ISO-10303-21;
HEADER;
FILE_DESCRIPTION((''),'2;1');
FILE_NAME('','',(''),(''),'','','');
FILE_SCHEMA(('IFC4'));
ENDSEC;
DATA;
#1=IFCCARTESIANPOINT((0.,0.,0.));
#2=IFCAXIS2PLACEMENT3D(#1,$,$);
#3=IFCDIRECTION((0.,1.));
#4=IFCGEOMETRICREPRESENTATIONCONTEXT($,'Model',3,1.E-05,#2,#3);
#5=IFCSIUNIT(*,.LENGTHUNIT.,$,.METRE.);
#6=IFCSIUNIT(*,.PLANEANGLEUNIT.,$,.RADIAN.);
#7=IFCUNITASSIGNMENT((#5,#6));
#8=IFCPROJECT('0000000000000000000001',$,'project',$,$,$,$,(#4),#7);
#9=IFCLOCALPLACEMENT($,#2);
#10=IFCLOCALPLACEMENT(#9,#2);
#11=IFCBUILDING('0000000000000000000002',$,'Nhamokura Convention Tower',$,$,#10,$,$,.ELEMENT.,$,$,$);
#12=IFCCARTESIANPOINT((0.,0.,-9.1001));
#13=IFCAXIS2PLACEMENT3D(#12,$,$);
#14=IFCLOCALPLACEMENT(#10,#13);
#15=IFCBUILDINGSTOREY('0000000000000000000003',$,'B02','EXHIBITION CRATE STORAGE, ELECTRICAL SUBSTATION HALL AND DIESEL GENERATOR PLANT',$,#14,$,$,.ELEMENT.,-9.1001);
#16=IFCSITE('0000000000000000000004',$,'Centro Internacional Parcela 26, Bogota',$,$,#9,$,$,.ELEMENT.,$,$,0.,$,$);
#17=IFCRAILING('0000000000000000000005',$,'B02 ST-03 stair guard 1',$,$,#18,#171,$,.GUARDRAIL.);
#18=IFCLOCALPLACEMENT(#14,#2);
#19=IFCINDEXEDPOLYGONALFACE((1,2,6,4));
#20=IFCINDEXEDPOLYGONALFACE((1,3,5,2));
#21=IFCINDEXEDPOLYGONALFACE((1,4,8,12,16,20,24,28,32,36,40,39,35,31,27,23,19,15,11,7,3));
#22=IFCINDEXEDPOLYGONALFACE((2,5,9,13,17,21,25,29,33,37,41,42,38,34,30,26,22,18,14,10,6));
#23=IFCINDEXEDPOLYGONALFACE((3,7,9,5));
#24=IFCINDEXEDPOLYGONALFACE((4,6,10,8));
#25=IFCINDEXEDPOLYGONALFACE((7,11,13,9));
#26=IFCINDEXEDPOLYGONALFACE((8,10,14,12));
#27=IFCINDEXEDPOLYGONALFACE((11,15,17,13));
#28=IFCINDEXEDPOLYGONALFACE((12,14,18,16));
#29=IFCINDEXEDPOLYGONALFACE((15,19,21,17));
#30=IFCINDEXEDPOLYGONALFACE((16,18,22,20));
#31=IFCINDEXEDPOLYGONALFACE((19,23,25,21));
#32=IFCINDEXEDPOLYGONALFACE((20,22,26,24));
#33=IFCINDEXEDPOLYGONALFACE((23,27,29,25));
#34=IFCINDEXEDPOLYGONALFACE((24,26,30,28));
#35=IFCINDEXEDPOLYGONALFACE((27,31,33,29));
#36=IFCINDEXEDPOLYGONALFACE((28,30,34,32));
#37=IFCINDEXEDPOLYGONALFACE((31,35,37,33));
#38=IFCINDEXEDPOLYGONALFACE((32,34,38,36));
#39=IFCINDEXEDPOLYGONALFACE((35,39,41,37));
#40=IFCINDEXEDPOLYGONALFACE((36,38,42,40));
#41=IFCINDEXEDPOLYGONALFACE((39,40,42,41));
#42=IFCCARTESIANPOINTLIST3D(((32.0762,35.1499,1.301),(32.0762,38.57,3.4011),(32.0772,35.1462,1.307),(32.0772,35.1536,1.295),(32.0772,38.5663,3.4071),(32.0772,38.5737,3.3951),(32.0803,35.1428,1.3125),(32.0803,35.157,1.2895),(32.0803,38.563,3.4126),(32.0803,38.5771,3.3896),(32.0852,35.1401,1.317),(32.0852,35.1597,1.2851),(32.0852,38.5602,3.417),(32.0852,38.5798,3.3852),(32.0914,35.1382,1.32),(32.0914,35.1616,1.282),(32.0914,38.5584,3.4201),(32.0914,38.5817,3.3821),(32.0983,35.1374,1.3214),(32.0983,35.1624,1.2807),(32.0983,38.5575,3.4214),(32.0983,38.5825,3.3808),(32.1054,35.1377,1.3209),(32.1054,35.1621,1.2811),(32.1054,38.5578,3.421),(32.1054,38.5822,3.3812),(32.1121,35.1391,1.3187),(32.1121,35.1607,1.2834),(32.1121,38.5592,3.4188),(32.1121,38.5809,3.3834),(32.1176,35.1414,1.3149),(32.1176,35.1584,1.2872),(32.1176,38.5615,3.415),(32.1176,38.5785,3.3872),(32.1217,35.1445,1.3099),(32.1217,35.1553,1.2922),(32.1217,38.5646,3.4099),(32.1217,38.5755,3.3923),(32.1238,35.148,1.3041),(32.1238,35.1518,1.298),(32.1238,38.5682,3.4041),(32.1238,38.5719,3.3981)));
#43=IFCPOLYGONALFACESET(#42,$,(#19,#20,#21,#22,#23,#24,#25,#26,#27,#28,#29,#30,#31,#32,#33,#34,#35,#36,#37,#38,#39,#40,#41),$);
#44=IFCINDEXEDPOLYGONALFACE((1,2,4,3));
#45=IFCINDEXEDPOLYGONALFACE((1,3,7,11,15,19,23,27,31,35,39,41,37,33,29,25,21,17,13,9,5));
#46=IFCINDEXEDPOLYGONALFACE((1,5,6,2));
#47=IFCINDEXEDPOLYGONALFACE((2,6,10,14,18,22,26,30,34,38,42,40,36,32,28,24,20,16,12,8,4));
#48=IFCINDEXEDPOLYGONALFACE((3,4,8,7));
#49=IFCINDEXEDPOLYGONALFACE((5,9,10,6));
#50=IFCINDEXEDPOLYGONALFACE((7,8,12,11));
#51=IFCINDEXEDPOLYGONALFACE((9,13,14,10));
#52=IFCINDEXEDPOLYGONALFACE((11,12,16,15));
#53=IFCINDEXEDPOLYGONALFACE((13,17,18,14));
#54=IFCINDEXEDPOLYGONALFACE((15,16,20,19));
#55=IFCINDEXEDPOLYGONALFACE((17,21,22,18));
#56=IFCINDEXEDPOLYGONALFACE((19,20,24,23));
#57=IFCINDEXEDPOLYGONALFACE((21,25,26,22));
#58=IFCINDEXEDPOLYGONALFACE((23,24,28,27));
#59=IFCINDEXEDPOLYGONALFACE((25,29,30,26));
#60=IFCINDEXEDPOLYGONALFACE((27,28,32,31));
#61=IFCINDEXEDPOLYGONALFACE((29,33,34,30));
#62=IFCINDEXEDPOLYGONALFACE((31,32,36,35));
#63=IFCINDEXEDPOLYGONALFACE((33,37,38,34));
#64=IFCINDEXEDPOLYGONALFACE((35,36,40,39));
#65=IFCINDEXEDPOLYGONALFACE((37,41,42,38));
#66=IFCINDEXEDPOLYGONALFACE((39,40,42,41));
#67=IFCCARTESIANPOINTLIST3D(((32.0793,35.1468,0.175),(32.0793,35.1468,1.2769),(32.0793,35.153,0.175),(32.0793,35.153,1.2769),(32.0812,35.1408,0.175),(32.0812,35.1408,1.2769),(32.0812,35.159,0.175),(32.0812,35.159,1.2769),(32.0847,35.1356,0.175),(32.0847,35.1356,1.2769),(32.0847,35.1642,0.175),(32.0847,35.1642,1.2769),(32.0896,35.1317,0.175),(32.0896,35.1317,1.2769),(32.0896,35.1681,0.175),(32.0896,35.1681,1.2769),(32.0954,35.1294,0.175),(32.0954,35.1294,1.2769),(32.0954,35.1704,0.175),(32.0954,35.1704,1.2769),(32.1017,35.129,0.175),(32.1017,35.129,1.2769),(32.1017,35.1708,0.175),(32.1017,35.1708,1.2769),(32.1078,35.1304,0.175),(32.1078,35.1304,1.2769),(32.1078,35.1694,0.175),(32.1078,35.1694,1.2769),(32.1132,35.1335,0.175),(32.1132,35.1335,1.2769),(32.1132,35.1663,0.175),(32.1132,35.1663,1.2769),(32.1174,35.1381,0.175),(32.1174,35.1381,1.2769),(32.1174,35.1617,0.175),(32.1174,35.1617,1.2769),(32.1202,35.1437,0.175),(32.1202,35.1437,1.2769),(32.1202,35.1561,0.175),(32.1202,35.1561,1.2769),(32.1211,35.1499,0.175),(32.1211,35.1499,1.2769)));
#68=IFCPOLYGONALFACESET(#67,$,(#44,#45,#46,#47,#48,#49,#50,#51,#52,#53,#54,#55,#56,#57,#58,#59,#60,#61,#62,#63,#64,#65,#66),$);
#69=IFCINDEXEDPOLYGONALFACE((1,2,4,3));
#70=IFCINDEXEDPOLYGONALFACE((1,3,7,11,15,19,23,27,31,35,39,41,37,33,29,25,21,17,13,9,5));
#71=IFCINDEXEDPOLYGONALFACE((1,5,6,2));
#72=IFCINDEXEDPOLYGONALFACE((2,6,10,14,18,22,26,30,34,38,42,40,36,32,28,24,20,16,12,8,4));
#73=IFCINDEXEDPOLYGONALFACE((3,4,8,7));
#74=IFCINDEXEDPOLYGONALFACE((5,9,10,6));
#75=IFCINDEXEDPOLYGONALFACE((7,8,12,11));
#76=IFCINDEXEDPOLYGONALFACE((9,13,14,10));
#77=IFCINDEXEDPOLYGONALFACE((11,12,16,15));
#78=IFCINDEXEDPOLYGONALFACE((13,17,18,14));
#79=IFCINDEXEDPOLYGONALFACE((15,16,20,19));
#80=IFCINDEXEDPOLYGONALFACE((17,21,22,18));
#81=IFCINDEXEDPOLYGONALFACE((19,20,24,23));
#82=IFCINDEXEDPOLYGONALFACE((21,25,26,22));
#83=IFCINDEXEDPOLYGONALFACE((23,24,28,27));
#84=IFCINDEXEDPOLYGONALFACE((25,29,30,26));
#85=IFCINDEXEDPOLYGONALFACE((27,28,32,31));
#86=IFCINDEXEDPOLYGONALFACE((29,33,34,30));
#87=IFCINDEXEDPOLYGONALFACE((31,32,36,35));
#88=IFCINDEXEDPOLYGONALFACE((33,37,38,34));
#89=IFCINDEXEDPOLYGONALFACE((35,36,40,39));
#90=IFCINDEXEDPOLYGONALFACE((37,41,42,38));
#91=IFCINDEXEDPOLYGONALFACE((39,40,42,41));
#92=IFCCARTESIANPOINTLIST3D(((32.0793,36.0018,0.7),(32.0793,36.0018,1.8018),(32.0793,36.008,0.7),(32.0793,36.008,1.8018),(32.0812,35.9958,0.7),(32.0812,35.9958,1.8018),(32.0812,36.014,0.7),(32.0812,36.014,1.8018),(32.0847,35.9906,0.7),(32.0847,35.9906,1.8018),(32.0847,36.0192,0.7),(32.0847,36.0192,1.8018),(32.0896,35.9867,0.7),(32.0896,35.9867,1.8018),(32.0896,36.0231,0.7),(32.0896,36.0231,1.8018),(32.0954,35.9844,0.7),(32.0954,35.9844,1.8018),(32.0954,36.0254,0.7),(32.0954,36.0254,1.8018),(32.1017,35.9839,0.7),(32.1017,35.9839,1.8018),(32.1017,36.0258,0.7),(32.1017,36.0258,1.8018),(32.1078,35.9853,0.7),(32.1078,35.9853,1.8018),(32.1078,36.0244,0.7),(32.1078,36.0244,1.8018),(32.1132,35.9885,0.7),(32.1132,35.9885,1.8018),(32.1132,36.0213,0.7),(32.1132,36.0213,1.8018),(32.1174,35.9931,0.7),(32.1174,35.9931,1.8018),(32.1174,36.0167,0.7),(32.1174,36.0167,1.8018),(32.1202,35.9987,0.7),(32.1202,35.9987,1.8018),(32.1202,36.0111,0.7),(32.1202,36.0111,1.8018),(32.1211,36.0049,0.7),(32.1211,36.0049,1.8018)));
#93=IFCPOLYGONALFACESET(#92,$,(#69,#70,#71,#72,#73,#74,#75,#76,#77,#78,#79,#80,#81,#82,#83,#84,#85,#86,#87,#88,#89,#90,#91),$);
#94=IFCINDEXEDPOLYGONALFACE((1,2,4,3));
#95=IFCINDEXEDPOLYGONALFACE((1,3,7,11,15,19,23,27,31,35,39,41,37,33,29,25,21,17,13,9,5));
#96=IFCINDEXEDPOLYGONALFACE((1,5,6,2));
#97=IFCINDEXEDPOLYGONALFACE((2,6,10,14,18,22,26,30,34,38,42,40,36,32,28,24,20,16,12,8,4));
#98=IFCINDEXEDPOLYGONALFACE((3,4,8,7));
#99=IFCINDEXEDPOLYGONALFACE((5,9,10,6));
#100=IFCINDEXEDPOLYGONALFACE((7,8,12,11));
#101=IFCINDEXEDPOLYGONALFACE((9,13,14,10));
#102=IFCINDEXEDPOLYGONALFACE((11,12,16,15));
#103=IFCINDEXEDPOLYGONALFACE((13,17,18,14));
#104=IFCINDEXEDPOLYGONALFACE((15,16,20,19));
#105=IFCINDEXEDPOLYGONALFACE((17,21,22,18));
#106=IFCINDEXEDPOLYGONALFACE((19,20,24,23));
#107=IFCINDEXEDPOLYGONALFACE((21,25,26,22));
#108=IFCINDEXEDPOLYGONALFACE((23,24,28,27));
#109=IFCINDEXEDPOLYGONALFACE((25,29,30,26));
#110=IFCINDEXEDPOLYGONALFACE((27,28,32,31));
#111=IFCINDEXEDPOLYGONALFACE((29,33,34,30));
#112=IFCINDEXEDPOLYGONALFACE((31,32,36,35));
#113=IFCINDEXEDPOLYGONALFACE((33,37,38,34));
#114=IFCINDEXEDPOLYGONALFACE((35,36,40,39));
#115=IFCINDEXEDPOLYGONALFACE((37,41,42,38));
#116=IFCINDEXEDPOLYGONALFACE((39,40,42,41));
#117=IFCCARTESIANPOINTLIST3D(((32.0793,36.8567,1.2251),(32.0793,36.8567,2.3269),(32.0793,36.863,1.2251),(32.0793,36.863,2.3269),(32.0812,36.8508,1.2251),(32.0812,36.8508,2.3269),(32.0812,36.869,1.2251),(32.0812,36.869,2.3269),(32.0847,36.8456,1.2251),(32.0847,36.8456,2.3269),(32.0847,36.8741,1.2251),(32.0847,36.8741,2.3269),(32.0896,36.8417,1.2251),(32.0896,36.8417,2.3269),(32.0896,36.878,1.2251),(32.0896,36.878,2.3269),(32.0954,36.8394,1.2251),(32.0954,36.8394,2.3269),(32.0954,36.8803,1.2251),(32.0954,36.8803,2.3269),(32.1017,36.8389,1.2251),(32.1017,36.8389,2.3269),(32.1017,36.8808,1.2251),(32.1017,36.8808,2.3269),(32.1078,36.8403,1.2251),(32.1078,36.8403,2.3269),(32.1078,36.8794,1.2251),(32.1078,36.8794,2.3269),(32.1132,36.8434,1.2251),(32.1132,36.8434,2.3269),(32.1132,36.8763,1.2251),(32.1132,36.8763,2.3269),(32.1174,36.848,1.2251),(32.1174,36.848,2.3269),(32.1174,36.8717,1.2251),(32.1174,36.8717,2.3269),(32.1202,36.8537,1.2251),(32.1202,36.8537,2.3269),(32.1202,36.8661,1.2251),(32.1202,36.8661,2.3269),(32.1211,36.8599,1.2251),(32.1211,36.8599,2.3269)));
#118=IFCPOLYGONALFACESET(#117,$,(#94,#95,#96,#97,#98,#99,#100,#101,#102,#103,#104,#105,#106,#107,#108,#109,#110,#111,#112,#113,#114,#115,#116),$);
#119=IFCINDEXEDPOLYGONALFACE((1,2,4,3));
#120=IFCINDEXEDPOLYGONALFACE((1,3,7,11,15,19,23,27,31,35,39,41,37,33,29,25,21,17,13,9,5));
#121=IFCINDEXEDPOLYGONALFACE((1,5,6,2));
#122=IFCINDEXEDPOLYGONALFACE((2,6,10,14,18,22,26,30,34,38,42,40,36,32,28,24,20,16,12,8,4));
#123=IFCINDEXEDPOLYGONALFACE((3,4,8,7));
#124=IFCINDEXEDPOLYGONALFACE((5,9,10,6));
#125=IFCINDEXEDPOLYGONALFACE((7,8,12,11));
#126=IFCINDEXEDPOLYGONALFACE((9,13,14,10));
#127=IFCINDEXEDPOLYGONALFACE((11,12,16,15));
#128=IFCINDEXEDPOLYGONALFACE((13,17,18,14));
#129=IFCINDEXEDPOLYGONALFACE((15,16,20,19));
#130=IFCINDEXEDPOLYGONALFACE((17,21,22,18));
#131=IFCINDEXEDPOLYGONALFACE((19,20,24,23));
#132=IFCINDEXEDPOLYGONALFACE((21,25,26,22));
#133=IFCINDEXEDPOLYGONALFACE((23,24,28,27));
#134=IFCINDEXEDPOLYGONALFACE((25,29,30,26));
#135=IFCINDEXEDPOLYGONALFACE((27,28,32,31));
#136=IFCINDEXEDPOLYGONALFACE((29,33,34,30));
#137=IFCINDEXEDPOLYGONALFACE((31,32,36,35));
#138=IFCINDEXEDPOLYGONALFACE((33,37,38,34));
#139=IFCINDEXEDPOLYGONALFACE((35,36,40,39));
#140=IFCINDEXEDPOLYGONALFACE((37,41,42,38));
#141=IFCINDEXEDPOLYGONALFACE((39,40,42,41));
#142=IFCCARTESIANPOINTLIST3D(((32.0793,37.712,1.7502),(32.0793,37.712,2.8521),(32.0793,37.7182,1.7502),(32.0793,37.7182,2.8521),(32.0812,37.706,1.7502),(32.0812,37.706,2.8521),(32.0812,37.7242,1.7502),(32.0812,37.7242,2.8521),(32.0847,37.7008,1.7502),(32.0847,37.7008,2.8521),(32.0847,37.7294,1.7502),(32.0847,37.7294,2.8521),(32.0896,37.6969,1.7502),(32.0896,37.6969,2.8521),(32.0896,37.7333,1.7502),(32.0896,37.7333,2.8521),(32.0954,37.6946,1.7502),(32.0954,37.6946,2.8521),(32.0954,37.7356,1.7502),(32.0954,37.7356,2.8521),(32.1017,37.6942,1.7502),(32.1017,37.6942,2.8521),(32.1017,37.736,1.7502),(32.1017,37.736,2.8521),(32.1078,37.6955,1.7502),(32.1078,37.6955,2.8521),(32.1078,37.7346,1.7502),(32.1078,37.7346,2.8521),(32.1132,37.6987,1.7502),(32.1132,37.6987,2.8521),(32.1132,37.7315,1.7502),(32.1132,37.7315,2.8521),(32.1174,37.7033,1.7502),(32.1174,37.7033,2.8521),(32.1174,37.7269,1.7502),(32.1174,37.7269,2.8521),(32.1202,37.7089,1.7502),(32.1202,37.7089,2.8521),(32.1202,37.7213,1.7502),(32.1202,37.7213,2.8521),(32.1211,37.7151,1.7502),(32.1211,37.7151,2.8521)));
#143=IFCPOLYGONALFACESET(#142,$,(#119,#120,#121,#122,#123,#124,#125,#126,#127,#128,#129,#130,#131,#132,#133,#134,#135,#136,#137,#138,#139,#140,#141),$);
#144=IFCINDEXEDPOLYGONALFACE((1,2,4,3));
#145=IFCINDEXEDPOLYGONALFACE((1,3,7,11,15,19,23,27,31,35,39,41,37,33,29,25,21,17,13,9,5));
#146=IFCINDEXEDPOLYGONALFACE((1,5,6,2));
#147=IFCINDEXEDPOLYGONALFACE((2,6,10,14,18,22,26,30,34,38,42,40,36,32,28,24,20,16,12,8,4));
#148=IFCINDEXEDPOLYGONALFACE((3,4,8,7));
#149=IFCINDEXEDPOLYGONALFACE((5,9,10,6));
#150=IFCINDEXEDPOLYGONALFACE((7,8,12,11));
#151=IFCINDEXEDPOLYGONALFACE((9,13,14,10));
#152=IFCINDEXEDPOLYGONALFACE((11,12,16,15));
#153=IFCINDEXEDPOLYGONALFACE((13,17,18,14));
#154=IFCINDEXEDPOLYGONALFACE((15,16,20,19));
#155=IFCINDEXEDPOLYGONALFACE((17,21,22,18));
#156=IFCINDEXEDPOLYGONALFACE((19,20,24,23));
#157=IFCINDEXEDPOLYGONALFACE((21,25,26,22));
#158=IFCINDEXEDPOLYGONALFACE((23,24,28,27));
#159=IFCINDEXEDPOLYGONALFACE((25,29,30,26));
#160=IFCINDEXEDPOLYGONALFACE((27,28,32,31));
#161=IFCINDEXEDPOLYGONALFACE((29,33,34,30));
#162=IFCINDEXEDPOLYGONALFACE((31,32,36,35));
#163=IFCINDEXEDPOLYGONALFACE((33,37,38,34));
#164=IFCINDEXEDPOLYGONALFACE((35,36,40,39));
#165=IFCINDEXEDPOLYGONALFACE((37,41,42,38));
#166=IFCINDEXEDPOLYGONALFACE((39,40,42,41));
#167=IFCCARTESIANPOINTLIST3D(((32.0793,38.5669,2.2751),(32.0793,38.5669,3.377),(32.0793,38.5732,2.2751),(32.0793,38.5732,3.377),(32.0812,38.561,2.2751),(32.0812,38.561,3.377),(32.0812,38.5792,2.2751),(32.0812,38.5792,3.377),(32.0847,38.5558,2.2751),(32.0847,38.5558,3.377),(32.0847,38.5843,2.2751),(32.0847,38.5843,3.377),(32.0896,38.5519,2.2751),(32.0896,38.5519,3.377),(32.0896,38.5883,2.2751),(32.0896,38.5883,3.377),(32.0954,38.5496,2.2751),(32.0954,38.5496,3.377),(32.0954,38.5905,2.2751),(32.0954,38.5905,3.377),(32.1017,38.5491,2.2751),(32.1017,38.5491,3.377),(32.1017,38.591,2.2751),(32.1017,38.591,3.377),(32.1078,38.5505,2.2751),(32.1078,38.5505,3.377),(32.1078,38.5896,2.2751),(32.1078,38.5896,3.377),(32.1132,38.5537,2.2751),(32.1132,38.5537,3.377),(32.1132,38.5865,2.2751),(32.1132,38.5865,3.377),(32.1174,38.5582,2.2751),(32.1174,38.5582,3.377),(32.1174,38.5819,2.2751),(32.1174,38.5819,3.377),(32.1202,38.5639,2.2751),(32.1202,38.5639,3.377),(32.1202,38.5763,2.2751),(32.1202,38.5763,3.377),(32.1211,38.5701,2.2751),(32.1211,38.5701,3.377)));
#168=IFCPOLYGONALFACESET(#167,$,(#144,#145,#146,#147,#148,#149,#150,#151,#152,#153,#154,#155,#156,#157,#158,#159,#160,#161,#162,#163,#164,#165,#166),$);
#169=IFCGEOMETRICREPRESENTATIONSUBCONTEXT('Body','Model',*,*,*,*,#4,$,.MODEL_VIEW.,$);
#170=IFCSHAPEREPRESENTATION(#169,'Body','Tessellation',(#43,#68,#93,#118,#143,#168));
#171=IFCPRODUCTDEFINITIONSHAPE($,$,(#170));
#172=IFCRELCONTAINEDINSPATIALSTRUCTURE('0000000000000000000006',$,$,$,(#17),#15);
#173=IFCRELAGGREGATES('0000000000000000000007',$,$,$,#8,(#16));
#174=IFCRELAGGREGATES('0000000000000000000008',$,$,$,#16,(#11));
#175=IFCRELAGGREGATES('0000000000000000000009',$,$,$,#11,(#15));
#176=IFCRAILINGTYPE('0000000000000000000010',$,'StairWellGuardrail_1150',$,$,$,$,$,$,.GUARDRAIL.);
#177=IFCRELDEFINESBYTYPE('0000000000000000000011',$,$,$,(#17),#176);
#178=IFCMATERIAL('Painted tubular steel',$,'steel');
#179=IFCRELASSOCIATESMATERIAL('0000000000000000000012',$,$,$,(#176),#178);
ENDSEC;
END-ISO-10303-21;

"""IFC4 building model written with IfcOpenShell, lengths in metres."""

from ifc_helpers import new_model, si_unit, direction, frame, origin, origin_2d, place, context, subcontext, project, spatial, circle, extrude, material, type_object, element, save


model = new_model("IFC4")

# Units and contexts
model_context = context("Model", 3, precision=1e-05, world=origin(), true_north=direction((0.0, 1.0)))
body_context = subcontext(model_context, "Body", "Model", "MODEL_VIEW")
ifc_project = project(units=[si_unit("LENGTHUNIT", "METRE"), si_unit("PLANEANGLEUNIT", "RADIAN")], contexts=[model_context])

# Site, building, storey
site_placement = place(None, origin())
site = spatial("IfcSite", under=ifc_project, at=site_placement, Name="Centro Internacional Parcela 26, Bogota", CompositionType="ELEMENT", RefElevation=0.0)
building_placement = place(site_placement, origin())
building = spatial("IfcBuilding", under=site, at=building_placement, Name="Nhamokura Convention Tower", CompositionType="ELEMENT")
storey_placement = place(building_placement, frame((0.0, 0.0, -9.1001)))
storey = spatial("IfcBuildingStorey", under=building, at=storey_placement, Name="B02", Description="EXHIBITION CRATE STORAGE, ELECTRICAL SUBSTATION HALL AND DIESEL GENERATOR PLANT", CompositionType="ELEMENT", Elevation=-9.1001)

# Railing
ifc_material_1 = material(Name="Painted tubular steel", Category="steel")
railing_type_1 = type_object("IfcRailingType", Name="StairWellGuardrail_1150", PredefinedType="GUARDRAIL", material=ifc_material_1)
railing_1_placement = place(storey_placement, frame((32.1001, 35.1499, 0.175)))
element("IfcRailing", 1, at=railing_1_placement, inside=storey, type_object=railing_type_1, Name="B02 ST-03 stair guard 1", PredefinedType="GUARDRAIL", context=body_context, shape_type="SweptSolid", body=[
    extrude(circle(Radius=0.0239, at=origin_2d()), frame((0.0, 0.0, 1.126), z_axis=(0.0, 0.852172, 0.523262), x_axis=(-1.0, 0.0, 0.0)), (0.0, 0.0, 1.0), 4.0134),
    extrude(circle(Radius=0.021, at=origin_2d()), origin(), (0.0, 0.0, 1.0), 1.1018),
    extrude(circle(Radius=0.021, at=origin_2d()), frame((0.0, 0.855, 0.5249)), (0.0, 0.0, 1.0), 1.1018),
    extrude(circle(Radius=0.021, at=origin_2d()), frame((0.0, 1.71, 1.05)), (0.0, 0.0, 1.0), 1.1018),
    extrude(circle(Radius=0.021, at=origin_2d()), frame((0.0, 2.5652, 1.5752)), (0.0, 0.0, 1.0), 1.1018),
    extrude(circle(Radius=0.021, at=origin_2d()), frame((0.0, 3.4202, 2.1001)), (0.0, 0.0, 1.0), 1.1018),
])

save(model, "model.ifc")
